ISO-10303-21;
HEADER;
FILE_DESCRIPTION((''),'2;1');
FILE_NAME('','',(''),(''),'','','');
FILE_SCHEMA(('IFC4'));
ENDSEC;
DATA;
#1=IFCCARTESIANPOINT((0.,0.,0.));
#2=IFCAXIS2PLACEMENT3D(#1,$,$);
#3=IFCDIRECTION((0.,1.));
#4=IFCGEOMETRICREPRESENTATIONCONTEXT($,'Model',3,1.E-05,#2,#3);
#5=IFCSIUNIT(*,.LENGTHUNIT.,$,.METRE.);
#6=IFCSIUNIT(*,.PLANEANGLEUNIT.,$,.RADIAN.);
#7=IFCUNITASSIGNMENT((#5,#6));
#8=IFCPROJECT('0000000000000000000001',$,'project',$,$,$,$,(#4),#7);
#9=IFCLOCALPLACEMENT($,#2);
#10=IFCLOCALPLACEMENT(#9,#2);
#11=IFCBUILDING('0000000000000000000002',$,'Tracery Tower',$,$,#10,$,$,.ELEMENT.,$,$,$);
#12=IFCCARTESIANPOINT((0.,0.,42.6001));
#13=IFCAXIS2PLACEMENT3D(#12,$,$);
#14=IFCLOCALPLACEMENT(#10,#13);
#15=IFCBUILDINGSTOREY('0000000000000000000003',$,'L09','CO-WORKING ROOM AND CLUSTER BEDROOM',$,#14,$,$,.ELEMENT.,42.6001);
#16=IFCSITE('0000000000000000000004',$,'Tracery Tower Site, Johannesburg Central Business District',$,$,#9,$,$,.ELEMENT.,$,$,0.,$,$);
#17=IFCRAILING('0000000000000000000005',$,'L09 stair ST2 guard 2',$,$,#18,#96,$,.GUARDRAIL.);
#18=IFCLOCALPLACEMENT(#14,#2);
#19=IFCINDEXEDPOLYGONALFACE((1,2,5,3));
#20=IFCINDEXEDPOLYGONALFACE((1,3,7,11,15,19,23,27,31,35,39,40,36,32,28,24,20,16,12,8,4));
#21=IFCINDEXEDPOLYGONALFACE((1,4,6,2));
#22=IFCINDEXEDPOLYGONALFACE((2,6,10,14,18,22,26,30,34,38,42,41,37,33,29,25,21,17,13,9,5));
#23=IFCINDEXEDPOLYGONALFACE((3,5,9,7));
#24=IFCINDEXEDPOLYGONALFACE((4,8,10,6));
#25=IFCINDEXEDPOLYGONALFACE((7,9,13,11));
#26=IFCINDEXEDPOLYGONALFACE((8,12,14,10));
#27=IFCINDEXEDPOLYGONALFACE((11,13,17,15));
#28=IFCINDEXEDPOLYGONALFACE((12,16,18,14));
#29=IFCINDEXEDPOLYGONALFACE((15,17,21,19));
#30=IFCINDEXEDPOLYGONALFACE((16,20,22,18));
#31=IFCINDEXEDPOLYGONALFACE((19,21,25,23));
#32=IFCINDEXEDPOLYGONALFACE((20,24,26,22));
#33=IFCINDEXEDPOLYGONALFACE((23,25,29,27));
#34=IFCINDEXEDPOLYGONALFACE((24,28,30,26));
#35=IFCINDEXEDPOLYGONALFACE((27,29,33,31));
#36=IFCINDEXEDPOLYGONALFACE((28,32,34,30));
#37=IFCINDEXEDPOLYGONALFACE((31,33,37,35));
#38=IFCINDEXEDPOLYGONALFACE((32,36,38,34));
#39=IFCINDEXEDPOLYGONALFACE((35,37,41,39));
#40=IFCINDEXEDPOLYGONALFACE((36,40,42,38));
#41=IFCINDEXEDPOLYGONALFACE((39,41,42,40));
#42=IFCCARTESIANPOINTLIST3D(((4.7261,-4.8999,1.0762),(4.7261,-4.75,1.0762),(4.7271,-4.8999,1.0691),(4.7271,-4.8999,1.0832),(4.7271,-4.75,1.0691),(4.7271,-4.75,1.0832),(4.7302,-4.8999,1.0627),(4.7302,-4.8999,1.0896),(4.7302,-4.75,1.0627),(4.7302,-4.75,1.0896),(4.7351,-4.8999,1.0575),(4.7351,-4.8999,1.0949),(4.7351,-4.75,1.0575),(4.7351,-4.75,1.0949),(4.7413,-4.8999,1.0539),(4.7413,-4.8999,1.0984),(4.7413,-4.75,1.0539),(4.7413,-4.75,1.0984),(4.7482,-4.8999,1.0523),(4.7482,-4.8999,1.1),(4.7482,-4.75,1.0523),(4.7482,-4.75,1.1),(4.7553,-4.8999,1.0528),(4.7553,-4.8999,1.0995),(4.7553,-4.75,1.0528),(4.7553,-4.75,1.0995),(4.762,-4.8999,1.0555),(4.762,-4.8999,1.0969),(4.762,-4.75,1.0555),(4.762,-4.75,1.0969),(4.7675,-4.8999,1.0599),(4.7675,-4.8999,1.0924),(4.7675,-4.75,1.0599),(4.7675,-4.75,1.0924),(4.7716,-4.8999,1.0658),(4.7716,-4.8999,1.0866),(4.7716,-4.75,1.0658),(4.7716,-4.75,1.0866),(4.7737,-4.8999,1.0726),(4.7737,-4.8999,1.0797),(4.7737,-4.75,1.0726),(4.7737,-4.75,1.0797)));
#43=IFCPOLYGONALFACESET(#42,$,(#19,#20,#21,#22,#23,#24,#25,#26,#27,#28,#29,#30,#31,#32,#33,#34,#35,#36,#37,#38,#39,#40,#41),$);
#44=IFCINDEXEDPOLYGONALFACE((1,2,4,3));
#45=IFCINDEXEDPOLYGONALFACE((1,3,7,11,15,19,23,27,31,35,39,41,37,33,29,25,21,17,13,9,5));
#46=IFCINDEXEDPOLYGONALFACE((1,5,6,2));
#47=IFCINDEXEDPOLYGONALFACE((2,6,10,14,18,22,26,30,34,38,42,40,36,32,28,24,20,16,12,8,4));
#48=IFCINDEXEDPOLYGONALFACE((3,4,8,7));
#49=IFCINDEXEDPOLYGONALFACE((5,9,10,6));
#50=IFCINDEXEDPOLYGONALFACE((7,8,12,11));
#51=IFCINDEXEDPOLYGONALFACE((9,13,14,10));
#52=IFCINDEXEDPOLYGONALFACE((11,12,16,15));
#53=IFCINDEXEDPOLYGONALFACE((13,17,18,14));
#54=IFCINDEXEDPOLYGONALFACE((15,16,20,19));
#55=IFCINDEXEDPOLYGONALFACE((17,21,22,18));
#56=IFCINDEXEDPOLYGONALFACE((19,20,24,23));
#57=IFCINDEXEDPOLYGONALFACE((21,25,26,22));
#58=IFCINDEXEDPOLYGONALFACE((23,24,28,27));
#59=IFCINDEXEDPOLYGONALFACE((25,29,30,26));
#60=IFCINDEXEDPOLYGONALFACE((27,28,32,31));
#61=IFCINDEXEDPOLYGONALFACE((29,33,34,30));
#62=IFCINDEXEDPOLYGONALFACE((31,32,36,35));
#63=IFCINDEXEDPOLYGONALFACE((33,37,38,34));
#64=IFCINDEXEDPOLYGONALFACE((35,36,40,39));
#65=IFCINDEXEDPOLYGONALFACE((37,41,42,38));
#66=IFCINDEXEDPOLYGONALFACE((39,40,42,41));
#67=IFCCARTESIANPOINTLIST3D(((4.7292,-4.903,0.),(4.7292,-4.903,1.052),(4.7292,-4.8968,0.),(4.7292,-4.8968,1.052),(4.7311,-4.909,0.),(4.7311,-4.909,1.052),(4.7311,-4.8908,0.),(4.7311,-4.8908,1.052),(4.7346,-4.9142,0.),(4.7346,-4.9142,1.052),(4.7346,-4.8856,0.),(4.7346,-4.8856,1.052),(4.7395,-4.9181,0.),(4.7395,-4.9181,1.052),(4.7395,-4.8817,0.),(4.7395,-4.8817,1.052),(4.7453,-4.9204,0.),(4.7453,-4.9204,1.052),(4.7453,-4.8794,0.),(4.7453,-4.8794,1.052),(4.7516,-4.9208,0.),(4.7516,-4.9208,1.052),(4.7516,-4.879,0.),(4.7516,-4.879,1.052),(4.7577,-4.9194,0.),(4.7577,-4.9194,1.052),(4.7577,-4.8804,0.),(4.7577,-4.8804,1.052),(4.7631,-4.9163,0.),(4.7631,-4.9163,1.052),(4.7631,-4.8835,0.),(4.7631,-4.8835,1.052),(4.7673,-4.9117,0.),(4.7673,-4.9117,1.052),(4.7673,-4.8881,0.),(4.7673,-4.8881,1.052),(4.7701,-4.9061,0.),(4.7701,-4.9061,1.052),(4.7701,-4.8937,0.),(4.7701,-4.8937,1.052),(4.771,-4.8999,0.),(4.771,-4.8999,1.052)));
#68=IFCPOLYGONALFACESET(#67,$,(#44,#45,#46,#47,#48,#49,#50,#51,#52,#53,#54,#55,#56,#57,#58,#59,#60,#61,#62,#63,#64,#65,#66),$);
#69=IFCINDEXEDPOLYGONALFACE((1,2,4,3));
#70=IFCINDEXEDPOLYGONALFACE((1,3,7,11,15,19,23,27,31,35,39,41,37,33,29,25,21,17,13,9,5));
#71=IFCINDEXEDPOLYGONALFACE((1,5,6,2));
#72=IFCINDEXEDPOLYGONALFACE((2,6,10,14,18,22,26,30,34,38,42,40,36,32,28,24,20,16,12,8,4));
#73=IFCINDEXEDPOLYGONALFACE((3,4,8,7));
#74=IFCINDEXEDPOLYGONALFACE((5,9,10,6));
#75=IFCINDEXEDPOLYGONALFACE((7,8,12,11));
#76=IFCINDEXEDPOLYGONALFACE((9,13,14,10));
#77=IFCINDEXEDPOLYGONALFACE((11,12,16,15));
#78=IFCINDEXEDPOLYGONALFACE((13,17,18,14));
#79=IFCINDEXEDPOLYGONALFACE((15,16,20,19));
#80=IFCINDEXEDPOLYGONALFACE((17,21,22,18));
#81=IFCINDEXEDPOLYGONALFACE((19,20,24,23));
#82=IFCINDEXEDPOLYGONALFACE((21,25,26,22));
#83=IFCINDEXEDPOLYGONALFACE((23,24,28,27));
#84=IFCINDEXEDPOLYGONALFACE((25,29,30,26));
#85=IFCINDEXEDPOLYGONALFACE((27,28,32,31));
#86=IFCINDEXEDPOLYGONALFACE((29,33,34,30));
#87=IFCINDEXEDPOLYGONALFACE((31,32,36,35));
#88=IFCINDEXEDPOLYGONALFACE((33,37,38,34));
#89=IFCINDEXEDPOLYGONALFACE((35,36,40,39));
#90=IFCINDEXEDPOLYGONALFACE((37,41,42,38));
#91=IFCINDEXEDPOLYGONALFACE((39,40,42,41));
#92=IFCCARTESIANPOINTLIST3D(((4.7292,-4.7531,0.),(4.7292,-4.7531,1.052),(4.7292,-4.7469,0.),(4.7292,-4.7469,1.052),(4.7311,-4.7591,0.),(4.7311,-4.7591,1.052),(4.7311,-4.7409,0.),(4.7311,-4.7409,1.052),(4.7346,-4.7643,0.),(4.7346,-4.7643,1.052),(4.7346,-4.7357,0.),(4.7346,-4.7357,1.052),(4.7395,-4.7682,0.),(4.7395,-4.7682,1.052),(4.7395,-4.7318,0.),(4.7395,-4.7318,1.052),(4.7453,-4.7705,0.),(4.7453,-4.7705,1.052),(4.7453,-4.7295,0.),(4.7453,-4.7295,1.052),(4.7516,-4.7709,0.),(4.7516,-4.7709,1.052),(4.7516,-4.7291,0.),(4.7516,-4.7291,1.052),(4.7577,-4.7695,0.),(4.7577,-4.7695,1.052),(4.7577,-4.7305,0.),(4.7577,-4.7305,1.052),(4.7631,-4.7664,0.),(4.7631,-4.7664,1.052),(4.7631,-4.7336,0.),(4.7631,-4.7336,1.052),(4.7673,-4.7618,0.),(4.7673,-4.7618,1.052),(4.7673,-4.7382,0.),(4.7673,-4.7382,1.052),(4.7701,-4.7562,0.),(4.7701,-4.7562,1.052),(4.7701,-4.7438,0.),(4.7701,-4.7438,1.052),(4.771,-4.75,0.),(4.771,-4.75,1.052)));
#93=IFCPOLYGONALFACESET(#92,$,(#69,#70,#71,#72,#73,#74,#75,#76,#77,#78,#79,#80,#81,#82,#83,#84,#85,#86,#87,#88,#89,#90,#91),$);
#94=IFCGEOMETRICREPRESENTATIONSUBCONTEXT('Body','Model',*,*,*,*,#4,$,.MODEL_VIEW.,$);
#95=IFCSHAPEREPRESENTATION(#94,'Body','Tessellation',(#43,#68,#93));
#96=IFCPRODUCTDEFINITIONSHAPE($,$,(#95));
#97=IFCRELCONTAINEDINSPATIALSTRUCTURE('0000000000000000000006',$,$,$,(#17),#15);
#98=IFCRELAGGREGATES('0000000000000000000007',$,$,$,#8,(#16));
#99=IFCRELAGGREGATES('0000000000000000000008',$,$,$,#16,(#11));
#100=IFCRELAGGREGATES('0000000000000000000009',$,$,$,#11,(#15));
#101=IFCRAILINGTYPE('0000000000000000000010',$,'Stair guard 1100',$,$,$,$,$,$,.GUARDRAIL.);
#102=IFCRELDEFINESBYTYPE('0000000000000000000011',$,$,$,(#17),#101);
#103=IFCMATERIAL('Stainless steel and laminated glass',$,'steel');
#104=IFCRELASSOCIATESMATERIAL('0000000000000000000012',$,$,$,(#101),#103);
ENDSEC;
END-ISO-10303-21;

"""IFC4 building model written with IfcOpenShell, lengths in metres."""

from ifc_helpers import new_model, si_unit, direction, frame, origin, origin_2d, place, context, subcontext, project, spatial, circle, extrude, material, type_object, element, save


model = new_model("IFC4")

# Units and contexts
model_context = context("Model", 3, precision=1e-05, world=origin(), true_north=direction((0.0, 1.0)))
body_context = subcontext(model_context, "Body", "Model", "MODEL_VIEW")
ifc_project = project(units=[si_unit("LENGTHUNIT", "METRE"), si_unit("PLANEANGLEUNIT", "RADIAN")], contexts=[model_context])

# Site, building, storey
site_placement = place(None, origin())
site = spatial("IfcSite", under=ifc_project, at=site_placement, Name="Tracery Tower Site, Johannesburg Central Business District", CompositionType="ELEMENT", RefElevation=0.0)
building_placement = place(site_placement, origin())
building = spatial("IfcBuilding", under=site, at=building_placement, Name="Tracery Tower", CompositionType="ELEMENT")
storey_placement = place(building_placement, frame((0.0, 0.0, 42.6001)))
storey = spatial("IfcBuildingStorey", under=building, at=storey_placement, Name="L09", Description="CO-WORKING ROOM AND CLUSTER BEDROOM", CompositionType="ELEMENT", Elevation=42.6001)

# Railing
ifc_material_1 = material(Name="Stainless steel and laminated glass", Category="steel")
railing_type_1 = type_object("IfcRailingType", Name="Stair guard 1100", PredefinedType="GUARDRAIL", material=ifc_material_1)
railing_1_placement = place(storey_placement, frame((4.75, -4.8999, 0.0)))
element("IfcRailing", 1, at=railing_1_placement, inside=storey, type_object=railing_type_1, Name="L09 stair ST2 guard 2", PredefinedType="GUARDRAIL", context=body_context, shape_type="SweptSolid", body=[
    extrude(circle(Radius=0.0239, at=origin_2d()), frame((0.0, 0.0, 1.0762), z_axis=(0.0, 1.0, 0.0), x_axis=(-1.0, 0.0, 0.0)), (0.0, 0.0, 1.0), 0.1499),
    extrude(circle(Radius=0.021, at=origin_2d()), origin(), (0.0, 0.0, 1.0), 1.052),
    extrude(circle(Radius=0.021, at=origin_2d()), frame((0.0, 0.1499, 0.0)), (0.0, 0.0, 1.0), 1.052),
])

save(model, "model.ifc")
